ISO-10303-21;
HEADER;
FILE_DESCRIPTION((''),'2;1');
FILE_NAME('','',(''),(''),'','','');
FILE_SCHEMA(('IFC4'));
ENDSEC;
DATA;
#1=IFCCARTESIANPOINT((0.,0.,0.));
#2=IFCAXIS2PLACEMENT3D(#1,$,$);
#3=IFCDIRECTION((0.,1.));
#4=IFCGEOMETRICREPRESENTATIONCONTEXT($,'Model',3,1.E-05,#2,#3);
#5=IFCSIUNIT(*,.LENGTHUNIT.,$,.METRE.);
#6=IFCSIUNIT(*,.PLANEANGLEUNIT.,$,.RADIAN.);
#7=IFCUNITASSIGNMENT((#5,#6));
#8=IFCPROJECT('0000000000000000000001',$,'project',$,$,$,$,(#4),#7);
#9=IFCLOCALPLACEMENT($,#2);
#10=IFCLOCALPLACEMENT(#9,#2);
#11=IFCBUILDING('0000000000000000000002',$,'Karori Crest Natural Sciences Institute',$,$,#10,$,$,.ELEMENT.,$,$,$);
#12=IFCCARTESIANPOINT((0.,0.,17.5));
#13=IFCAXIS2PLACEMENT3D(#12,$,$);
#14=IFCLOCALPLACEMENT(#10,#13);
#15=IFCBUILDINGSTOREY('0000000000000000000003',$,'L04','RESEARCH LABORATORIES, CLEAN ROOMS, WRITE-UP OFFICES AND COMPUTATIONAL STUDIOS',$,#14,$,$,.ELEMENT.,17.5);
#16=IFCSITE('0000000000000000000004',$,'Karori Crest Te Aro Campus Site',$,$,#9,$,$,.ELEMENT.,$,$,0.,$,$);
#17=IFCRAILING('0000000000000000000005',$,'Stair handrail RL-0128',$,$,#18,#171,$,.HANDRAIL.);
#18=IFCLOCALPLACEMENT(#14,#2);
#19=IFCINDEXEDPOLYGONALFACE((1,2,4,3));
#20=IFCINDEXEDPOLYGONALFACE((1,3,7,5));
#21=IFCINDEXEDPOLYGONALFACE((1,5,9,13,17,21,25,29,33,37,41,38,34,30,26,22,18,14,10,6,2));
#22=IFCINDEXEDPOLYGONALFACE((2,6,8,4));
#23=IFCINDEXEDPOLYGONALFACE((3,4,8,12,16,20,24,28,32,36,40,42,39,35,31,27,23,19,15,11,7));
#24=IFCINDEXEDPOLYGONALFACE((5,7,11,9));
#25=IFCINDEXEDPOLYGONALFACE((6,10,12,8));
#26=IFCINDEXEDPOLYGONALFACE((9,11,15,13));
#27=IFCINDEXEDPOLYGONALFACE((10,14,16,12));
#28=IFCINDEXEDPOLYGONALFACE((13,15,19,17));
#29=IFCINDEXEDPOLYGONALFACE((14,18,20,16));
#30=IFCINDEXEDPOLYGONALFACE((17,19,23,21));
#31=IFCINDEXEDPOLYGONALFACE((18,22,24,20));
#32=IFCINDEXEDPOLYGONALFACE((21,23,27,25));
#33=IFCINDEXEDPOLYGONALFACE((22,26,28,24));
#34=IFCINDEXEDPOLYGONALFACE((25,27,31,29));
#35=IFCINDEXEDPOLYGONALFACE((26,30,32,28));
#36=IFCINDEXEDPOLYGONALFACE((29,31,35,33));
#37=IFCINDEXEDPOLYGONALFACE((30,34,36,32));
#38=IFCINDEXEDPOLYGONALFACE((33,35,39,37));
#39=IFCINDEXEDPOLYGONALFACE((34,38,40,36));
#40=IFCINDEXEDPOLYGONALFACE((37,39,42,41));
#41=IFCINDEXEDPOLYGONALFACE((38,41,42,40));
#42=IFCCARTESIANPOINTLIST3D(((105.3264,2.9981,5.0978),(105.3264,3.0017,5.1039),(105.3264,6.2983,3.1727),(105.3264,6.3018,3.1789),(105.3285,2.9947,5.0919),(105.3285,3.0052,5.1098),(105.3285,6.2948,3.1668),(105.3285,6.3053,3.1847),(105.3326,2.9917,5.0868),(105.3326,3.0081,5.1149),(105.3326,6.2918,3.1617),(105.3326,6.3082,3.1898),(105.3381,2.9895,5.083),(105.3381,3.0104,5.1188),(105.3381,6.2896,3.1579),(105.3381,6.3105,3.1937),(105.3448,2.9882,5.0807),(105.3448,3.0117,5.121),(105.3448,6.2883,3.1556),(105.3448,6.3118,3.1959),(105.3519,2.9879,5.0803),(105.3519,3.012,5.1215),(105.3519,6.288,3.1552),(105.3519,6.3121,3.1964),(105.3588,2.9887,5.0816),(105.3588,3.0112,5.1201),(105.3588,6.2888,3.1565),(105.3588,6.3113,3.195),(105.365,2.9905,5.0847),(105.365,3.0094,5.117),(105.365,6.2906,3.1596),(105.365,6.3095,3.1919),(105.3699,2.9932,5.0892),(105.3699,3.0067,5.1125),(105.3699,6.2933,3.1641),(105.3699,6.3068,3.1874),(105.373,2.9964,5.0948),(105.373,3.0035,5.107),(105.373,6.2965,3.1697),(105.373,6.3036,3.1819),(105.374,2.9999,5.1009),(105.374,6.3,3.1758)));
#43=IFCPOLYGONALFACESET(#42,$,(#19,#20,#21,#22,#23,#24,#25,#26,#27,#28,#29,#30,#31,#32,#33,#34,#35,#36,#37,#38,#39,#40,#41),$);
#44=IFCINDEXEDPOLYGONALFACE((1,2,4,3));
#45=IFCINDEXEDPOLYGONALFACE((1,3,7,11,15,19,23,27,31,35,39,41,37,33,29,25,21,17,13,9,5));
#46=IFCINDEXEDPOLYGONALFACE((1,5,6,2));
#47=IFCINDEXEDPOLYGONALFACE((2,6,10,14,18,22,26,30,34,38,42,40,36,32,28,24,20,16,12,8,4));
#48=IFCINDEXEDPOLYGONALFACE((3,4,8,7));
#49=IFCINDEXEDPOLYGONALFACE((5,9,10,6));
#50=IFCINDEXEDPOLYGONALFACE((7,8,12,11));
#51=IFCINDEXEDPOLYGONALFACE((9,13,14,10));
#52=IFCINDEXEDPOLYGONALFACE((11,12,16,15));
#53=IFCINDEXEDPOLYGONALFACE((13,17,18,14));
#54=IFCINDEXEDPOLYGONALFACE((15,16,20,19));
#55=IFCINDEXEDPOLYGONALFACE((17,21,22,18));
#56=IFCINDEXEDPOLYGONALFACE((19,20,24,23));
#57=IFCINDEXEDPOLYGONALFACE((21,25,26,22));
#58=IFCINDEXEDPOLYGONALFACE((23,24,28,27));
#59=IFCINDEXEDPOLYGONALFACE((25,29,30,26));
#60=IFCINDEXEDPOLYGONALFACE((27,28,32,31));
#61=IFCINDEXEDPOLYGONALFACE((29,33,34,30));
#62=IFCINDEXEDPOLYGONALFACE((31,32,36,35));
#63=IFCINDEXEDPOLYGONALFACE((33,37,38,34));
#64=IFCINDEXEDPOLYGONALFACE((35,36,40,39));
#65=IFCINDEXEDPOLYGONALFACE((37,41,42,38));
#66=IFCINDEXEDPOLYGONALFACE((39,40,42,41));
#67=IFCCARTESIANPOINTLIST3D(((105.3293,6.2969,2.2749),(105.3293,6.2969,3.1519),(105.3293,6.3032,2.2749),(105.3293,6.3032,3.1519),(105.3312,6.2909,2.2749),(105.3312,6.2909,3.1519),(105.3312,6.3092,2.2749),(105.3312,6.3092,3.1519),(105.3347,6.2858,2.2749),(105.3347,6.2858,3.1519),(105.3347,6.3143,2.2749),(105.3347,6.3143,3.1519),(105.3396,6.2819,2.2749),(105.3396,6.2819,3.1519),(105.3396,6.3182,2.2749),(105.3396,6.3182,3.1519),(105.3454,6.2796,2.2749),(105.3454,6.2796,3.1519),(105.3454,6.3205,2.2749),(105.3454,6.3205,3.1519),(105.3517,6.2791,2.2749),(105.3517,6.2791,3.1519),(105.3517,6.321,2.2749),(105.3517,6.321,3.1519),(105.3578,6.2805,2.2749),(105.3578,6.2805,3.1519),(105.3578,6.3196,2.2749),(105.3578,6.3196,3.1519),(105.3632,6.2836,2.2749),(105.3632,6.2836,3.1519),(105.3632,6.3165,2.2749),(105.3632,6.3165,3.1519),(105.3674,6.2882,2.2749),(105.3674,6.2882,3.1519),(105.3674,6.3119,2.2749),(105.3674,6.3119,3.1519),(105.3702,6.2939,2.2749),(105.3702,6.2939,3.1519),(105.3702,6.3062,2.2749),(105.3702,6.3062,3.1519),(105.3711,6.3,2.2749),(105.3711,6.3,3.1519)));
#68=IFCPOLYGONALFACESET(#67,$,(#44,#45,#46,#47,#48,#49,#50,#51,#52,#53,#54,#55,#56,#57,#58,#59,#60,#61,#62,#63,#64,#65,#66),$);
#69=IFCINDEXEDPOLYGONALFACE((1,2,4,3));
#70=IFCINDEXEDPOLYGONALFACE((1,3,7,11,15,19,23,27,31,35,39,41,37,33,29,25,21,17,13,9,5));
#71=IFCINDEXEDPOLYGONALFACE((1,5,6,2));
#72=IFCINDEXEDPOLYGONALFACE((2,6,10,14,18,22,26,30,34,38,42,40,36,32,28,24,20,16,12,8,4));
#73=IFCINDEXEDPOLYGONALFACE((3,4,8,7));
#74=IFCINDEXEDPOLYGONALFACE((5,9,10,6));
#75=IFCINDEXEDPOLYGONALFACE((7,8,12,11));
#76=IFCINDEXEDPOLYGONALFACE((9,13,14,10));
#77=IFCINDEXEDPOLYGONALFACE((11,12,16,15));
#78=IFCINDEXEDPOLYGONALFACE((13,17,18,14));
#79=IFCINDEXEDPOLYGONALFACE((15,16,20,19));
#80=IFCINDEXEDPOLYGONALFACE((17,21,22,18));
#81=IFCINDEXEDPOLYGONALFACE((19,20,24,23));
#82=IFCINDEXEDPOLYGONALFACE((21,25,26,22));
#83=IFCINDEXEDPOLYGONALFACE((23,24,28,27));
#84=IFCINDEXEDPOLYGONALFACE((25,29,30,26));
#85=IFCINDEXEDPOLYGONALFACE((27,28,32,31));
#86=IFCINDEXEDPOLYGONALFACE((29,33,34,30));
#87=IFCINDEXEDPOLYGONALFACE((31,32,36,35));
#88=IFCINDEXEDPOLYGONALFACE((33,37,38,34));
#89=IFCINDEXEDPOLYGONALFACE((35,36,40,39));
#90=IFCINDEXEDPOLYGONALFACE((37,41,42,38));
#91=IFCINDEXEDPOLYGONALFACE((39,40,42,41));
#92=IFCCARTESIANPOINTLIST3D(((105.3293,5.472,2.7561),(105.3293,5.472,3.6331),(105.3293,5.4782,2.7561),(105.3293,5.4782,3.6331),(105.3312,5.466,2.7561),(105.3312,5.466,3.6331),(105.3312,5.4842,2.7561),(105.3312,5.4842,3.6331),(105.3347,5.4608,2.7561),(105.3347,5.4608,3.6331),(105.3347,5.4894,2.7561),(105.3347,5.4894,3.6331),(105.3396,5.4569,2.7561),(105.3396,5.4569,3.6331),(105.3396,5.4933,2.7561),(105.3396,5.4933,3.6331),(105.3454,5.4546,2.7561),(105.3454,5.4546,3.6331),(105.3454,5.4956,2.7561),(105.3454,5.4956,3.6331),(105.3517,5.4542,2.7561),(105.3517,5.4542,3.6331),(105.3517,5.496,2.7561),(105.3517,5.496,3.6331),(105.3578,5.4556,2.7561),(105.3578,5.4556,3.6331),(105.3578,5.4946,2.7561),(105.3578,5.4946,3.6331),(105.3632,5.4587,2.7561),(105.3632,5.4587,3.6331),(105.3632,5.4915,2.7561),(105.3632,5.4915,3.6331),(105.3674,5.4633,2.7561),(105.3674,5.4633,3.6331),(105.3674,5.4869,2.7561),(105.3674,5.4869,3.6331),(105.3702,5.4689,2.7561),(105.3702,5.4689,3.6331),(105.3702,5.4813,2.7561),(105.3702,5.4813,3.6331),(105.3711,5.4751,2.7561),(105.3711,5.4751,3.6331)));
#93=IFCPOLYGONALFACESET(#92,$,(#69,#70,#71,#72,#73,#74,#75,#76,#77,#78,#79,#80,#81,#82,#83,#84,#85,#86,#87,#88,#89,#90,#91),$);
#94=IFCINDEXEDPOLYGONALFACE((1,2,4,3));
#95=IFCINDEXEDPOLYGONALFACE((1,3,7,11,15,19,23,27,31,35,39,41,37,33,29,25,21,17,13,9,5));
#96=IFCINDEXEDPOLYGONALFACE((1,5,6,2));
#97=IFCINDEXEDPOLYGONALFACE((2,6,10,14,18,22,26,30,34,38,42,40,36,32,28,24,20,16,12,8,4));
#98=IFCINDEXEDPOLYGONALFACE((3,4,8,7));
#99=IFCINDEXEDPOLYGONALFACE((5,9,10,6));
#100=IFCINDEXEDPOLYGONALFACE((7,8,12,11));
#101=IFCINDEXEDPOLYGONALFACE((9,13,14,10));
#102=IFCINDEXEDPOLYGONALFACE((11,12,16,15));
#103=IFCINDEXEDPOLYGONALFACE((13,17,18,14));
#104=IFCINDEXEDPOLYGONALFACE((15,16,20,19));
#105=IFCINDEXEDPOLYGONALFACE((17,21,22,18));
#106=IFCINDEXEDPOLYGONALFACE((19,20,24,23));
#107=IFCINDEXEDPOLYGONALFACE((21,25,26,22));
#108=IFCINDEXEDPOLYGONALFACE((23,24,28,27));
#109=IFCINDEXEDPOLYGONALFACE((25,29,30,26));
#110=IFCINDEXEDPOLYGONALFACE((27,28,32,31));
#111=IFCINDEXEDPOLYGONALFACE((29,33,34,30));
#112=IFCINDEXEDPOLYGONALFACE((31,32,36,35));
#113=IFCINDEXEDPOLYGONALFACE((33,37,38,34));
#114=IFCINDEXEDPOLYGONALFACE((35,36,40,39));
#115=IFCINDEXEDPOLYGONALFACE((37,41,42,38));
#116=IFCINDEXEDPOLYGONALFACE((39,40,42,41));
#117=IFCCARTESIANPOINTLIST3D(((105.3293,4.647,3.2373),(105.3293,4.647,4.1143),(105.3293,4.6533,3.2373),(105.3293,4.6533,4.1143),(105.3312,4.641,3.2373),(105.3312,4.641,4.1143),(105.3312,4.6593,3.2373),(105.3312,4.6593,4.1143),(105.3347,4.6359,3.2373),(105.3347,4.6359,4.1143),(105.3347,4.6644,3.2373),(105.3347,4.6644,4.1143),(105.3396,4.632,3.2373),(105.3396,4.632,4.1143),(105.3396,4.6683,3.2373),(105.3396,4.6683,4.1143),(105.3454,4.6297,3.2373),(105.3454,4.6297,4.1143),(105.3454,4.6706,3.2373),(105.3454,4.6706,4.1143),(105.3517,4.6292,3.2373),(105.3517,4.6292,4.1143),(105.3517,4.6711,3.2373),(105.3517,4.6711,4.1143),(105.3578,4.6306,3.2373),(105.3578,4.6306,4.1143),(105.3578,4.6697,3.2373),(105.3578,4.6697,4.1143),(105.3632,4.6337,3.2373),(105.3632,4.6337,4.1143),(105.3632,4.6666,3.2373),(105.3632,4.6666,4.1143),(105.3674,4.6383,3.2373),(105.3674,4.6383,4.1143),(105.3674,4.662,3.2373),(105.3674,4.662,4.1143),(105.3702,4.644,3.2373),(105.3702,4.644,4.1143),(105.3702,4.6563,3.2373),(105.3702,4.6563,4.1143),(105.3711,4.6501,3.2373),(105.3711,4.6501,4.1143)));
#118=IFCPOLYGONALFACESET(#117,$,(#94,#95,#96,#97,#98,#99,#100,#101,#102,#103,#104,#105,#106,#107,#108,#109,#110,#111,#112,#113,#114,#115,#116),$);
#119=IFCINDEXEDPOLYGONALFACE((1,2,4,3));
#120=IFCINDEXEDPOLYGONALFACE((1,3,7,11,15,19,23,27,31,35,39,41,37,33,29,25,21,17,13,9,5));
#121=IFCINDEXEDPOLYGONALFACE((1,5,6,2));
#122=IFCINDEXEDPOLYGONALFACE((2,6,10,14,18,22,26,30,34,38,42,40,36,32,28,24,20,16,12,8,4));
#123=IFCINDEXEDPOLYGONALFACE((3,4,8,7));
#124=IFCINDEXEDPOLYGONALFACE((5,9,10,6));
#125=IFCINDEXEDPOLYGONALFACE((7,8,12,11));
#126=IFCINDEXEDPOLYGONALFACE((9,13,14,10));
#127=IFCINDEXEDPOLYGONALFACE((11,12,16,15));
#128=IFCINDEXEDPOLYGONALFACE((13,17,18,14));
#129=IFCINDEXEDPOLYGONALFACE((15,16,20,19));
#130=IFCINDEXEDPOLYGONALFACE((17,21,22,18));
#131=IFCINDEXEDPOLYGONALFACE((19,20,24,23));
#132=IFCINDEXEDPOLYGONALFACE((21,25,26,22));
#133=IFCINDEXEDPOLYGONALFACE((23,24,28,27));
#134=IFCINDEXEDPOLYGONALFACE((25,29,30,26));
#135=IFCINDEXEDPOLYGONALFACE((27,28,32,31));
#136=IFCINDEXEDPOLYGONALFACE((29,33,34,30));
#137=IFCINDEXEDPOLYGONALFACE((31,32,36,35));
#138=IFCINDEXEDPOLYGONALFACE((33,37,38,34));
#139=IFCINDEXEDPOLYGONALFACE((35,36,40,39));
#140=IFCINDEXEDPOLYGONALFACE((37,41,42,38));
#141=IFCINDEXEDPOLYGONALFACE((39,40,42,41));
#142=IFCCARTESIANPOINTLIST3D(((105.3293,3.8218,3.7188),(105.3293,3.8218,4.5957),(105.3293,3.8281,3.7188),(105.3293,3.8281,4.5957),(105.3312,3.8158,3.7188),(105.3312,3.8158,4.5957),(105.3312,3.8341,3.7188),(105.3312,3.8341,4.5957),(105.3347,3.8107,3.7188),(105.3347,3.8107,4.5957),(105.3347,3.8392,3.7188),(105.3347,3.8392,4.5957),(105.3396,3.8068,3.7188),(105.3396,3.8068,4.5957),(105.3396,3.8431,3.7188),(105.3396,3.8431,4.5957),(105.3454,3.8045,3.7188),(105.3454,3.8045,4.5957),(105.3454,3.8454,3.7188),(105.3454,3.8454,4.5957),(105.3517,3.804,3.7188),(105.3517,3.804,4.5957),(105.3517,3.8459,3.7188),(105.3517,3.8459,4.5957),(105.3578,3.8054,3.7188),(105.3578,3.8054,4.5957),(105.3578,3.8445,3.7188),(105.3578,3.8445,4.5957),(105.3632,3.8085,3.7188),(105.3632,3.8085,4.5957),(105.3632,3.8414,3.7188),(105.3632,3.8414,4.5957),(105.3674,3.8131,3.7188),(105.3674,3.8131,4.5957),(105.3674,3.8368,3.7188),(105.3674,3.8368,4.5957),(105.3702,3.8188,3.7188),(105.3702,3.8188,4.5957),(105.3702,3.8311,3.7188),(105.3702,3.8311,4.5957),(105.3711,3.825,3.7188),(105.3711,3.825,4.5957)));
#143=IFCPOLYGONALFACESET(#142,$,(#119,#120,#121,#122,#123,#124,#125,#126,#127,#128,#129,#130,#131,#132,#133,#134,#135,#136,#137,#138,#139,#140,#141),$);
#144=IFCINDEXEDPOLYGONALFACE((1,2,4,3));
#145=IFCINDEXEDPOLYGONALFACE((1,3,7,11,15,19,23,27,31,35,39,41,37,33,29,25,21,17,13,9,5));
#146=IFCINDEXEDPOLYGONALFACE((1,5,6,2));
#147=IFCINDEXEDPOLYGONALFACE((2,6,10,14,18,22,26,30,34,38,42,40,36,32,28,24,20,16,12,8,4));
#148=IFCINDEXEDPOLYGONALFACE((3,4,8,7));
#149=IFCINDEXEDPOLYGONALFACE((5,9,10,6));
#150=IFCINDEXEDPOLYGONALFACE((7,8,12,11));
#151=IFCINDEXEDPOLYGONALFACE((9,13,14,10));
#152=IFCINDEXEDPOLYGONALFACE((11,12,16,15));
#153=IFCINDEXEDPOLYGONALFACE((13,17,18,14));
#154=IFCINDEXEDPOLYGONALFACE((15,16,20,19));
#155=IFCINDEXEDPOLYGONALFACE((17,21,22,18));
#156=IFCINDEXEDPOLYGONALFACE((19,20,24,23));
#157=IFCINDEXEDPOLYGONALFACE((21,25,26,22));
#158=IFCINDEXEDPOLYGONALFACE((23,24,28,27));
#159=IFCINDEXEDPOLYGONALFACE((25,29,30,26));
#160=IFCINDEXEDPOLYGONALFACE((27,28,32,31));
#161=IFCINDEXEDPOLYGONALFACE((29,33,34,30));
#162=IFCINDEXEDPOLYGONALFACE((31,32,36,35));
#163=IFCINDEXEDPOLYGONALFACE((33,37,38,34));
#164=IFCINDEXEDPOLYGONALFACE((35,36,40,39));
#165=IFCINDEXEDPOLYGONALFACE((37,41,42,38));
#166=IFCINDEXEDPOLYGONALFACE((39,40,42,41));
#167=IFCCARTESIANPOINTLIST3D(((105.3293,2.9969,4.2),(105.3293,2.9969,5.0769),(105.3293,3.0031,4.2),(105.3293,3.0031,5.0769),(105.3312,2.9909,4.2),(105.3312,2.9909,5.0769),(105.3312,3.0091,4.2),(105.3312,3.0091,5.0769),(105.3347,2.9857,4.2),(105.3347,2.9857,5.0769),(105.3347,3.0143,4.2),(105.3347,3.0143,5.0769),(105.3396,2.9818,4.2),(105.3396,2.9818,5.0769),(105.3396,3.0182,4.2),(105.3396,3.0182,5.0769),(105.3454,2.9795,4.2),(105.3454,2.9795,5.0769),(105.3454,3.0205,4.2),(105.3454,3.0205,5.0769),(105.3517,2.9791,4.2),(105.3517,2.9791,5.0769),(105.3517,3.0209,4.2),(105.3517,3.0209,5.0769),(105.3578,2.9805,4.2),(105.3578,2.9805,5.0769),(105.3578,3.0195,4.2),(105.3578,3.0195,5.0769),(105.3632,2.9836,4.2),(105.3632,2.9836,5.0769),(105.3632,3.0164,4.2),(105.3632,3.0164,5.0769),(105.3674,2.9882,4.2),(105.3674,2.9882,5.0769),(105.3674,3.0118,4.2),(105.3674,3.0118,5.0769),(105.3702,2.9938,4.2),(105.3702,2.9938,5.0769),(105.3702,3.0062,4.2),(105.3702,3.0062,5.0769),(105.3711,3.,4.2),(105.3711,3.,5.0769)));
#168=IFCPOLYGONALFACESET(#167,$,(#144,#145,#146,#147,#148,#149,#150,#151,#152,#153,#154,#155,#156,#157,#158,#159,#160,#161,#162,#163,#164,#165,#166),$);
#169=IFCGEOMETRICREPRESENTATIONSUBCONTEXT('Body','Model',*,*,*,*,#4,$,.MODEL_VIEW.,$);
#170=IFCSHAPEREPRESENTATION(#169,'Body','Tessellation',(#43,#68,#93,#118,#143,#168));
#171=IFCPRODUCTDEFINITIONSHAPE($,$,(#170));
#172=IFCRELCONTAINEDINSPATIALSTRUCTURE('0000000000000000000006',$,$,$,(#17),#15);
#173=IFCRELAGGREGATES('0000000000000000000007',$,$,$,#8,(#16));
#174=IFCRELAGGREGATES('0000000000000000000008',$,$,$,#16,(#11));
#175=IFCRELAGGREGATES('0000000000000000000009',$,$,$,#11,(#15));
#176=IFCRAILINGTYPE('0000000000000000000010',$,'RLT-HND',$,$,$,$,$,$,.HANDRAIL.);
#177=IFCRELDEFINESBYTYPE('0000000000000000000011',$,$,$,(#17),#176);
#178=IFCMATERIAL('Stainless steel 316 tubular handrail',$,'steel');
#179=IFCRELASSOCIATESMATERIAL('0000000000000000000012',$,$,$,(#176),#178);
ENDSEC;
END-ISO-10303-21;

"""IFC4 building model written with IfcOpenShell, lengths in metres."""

from ifc_helpers import new_model, si_unit, direction, frame, origin, origin_2d, place, context, subcontext, project, spatial, circle, extrude, material, type_object, element, save


model = new_model("IFC4")

# Units and contexts
model_context = context("Model", 3, precision=1e-05, world=origin(), true_north=direction((0.0, 1.0)))
body_context = subcontext(model_context, "Body", "Model", "MODEL_VIEW")
ifc_project = project(units=[si_unit("LENGTHUNIT", "METRE"), si_unit("PLANEANGLEUNIT", "RADIAN")], contexts=[model_context])

# Site, building, storey
site_placement = place(None, origin())
site = spatial("IfcSite", under=ifc_project, at=site_placement, Name="Karori Crest Te Aro Campus Site", CompositionType="ELEMENT", RefElevation=0.0)
building_placement = place(site_placement, origin())
building = spatial("IfcBuilding", under=site, at=building_placement, Name="Karori Crest Natural Sciences Institute", CompositionType="ELEMENT")
storey_placement = place(building_placement, frame((0.0, 0.0, 17.5)))
storey = spatial("IfcBuildingStorey", under=building, at=storey_placement, Name="L04", Description="RESEARCH LABORATORIES, CLEAN ROOMS, WRITE-UP OFFICES AND COMPUTATIONAL STUDIOS", CompositionType="ELEMENT", Elevation=17.5)

# Railing
ifc_material_1 = material(Name="Stainless steel 316 tubular handrail", Category="steel")
railing_type_1 = type_object("IfcRailingType", Name="RLT-HND", PredefinedType="HANDRAIL", material=ifc_material_1)
railing_1_placement = place(storey_placement, frame((105.3501, 6.3, 2.2749)))
element("IfcRailing", 1, at=railing_1_placement, inside=storey, type_object=railing_type_1, Name="Stair handrail RL-0128", PredefinedType="HANDRAIL", context=body_context, shape_type="SweptSolid", body=[
    extrude(circle(Radius=0.0239, at=origin_2d()), frame((0.0, 0.0, 0.9009), z_axis=(0.0, -0.863777, 0.503875), x_axis=(1.0, 0.0, 0.0)), (0.0, 0.0, 1.0), 3.8206),
    extrude(circle(Radius=0.021, at=origin_2d()), origin(), (0.0, 0.0, 1.0), 0.877),
    extrude(circle(Radius=0.021, at=origin_2d()), frame((0.0, -0.825, 0.4812)), (0.0, 0.0, 1.0), 0.877),
    extrude(circle(Radius=0.021, at=origin_2d()), frame((0.0, -1.6499, 0.9624)), (0.0, 0.0, 1.0), 0.877),
    extrude(circle(Radius=0.021, at=origin_2d()), frame((0.0, -2.4751, 1.4438)), (0.0, 0.0, 1.0), 0.877),
    extrude(circle(Radius=0.021, at=origin_2d()), frame((0.0, -3.3, 1.925)), (0.0, 0.0, 1.0), 0.877),
])

save(model, "model.ifc")
